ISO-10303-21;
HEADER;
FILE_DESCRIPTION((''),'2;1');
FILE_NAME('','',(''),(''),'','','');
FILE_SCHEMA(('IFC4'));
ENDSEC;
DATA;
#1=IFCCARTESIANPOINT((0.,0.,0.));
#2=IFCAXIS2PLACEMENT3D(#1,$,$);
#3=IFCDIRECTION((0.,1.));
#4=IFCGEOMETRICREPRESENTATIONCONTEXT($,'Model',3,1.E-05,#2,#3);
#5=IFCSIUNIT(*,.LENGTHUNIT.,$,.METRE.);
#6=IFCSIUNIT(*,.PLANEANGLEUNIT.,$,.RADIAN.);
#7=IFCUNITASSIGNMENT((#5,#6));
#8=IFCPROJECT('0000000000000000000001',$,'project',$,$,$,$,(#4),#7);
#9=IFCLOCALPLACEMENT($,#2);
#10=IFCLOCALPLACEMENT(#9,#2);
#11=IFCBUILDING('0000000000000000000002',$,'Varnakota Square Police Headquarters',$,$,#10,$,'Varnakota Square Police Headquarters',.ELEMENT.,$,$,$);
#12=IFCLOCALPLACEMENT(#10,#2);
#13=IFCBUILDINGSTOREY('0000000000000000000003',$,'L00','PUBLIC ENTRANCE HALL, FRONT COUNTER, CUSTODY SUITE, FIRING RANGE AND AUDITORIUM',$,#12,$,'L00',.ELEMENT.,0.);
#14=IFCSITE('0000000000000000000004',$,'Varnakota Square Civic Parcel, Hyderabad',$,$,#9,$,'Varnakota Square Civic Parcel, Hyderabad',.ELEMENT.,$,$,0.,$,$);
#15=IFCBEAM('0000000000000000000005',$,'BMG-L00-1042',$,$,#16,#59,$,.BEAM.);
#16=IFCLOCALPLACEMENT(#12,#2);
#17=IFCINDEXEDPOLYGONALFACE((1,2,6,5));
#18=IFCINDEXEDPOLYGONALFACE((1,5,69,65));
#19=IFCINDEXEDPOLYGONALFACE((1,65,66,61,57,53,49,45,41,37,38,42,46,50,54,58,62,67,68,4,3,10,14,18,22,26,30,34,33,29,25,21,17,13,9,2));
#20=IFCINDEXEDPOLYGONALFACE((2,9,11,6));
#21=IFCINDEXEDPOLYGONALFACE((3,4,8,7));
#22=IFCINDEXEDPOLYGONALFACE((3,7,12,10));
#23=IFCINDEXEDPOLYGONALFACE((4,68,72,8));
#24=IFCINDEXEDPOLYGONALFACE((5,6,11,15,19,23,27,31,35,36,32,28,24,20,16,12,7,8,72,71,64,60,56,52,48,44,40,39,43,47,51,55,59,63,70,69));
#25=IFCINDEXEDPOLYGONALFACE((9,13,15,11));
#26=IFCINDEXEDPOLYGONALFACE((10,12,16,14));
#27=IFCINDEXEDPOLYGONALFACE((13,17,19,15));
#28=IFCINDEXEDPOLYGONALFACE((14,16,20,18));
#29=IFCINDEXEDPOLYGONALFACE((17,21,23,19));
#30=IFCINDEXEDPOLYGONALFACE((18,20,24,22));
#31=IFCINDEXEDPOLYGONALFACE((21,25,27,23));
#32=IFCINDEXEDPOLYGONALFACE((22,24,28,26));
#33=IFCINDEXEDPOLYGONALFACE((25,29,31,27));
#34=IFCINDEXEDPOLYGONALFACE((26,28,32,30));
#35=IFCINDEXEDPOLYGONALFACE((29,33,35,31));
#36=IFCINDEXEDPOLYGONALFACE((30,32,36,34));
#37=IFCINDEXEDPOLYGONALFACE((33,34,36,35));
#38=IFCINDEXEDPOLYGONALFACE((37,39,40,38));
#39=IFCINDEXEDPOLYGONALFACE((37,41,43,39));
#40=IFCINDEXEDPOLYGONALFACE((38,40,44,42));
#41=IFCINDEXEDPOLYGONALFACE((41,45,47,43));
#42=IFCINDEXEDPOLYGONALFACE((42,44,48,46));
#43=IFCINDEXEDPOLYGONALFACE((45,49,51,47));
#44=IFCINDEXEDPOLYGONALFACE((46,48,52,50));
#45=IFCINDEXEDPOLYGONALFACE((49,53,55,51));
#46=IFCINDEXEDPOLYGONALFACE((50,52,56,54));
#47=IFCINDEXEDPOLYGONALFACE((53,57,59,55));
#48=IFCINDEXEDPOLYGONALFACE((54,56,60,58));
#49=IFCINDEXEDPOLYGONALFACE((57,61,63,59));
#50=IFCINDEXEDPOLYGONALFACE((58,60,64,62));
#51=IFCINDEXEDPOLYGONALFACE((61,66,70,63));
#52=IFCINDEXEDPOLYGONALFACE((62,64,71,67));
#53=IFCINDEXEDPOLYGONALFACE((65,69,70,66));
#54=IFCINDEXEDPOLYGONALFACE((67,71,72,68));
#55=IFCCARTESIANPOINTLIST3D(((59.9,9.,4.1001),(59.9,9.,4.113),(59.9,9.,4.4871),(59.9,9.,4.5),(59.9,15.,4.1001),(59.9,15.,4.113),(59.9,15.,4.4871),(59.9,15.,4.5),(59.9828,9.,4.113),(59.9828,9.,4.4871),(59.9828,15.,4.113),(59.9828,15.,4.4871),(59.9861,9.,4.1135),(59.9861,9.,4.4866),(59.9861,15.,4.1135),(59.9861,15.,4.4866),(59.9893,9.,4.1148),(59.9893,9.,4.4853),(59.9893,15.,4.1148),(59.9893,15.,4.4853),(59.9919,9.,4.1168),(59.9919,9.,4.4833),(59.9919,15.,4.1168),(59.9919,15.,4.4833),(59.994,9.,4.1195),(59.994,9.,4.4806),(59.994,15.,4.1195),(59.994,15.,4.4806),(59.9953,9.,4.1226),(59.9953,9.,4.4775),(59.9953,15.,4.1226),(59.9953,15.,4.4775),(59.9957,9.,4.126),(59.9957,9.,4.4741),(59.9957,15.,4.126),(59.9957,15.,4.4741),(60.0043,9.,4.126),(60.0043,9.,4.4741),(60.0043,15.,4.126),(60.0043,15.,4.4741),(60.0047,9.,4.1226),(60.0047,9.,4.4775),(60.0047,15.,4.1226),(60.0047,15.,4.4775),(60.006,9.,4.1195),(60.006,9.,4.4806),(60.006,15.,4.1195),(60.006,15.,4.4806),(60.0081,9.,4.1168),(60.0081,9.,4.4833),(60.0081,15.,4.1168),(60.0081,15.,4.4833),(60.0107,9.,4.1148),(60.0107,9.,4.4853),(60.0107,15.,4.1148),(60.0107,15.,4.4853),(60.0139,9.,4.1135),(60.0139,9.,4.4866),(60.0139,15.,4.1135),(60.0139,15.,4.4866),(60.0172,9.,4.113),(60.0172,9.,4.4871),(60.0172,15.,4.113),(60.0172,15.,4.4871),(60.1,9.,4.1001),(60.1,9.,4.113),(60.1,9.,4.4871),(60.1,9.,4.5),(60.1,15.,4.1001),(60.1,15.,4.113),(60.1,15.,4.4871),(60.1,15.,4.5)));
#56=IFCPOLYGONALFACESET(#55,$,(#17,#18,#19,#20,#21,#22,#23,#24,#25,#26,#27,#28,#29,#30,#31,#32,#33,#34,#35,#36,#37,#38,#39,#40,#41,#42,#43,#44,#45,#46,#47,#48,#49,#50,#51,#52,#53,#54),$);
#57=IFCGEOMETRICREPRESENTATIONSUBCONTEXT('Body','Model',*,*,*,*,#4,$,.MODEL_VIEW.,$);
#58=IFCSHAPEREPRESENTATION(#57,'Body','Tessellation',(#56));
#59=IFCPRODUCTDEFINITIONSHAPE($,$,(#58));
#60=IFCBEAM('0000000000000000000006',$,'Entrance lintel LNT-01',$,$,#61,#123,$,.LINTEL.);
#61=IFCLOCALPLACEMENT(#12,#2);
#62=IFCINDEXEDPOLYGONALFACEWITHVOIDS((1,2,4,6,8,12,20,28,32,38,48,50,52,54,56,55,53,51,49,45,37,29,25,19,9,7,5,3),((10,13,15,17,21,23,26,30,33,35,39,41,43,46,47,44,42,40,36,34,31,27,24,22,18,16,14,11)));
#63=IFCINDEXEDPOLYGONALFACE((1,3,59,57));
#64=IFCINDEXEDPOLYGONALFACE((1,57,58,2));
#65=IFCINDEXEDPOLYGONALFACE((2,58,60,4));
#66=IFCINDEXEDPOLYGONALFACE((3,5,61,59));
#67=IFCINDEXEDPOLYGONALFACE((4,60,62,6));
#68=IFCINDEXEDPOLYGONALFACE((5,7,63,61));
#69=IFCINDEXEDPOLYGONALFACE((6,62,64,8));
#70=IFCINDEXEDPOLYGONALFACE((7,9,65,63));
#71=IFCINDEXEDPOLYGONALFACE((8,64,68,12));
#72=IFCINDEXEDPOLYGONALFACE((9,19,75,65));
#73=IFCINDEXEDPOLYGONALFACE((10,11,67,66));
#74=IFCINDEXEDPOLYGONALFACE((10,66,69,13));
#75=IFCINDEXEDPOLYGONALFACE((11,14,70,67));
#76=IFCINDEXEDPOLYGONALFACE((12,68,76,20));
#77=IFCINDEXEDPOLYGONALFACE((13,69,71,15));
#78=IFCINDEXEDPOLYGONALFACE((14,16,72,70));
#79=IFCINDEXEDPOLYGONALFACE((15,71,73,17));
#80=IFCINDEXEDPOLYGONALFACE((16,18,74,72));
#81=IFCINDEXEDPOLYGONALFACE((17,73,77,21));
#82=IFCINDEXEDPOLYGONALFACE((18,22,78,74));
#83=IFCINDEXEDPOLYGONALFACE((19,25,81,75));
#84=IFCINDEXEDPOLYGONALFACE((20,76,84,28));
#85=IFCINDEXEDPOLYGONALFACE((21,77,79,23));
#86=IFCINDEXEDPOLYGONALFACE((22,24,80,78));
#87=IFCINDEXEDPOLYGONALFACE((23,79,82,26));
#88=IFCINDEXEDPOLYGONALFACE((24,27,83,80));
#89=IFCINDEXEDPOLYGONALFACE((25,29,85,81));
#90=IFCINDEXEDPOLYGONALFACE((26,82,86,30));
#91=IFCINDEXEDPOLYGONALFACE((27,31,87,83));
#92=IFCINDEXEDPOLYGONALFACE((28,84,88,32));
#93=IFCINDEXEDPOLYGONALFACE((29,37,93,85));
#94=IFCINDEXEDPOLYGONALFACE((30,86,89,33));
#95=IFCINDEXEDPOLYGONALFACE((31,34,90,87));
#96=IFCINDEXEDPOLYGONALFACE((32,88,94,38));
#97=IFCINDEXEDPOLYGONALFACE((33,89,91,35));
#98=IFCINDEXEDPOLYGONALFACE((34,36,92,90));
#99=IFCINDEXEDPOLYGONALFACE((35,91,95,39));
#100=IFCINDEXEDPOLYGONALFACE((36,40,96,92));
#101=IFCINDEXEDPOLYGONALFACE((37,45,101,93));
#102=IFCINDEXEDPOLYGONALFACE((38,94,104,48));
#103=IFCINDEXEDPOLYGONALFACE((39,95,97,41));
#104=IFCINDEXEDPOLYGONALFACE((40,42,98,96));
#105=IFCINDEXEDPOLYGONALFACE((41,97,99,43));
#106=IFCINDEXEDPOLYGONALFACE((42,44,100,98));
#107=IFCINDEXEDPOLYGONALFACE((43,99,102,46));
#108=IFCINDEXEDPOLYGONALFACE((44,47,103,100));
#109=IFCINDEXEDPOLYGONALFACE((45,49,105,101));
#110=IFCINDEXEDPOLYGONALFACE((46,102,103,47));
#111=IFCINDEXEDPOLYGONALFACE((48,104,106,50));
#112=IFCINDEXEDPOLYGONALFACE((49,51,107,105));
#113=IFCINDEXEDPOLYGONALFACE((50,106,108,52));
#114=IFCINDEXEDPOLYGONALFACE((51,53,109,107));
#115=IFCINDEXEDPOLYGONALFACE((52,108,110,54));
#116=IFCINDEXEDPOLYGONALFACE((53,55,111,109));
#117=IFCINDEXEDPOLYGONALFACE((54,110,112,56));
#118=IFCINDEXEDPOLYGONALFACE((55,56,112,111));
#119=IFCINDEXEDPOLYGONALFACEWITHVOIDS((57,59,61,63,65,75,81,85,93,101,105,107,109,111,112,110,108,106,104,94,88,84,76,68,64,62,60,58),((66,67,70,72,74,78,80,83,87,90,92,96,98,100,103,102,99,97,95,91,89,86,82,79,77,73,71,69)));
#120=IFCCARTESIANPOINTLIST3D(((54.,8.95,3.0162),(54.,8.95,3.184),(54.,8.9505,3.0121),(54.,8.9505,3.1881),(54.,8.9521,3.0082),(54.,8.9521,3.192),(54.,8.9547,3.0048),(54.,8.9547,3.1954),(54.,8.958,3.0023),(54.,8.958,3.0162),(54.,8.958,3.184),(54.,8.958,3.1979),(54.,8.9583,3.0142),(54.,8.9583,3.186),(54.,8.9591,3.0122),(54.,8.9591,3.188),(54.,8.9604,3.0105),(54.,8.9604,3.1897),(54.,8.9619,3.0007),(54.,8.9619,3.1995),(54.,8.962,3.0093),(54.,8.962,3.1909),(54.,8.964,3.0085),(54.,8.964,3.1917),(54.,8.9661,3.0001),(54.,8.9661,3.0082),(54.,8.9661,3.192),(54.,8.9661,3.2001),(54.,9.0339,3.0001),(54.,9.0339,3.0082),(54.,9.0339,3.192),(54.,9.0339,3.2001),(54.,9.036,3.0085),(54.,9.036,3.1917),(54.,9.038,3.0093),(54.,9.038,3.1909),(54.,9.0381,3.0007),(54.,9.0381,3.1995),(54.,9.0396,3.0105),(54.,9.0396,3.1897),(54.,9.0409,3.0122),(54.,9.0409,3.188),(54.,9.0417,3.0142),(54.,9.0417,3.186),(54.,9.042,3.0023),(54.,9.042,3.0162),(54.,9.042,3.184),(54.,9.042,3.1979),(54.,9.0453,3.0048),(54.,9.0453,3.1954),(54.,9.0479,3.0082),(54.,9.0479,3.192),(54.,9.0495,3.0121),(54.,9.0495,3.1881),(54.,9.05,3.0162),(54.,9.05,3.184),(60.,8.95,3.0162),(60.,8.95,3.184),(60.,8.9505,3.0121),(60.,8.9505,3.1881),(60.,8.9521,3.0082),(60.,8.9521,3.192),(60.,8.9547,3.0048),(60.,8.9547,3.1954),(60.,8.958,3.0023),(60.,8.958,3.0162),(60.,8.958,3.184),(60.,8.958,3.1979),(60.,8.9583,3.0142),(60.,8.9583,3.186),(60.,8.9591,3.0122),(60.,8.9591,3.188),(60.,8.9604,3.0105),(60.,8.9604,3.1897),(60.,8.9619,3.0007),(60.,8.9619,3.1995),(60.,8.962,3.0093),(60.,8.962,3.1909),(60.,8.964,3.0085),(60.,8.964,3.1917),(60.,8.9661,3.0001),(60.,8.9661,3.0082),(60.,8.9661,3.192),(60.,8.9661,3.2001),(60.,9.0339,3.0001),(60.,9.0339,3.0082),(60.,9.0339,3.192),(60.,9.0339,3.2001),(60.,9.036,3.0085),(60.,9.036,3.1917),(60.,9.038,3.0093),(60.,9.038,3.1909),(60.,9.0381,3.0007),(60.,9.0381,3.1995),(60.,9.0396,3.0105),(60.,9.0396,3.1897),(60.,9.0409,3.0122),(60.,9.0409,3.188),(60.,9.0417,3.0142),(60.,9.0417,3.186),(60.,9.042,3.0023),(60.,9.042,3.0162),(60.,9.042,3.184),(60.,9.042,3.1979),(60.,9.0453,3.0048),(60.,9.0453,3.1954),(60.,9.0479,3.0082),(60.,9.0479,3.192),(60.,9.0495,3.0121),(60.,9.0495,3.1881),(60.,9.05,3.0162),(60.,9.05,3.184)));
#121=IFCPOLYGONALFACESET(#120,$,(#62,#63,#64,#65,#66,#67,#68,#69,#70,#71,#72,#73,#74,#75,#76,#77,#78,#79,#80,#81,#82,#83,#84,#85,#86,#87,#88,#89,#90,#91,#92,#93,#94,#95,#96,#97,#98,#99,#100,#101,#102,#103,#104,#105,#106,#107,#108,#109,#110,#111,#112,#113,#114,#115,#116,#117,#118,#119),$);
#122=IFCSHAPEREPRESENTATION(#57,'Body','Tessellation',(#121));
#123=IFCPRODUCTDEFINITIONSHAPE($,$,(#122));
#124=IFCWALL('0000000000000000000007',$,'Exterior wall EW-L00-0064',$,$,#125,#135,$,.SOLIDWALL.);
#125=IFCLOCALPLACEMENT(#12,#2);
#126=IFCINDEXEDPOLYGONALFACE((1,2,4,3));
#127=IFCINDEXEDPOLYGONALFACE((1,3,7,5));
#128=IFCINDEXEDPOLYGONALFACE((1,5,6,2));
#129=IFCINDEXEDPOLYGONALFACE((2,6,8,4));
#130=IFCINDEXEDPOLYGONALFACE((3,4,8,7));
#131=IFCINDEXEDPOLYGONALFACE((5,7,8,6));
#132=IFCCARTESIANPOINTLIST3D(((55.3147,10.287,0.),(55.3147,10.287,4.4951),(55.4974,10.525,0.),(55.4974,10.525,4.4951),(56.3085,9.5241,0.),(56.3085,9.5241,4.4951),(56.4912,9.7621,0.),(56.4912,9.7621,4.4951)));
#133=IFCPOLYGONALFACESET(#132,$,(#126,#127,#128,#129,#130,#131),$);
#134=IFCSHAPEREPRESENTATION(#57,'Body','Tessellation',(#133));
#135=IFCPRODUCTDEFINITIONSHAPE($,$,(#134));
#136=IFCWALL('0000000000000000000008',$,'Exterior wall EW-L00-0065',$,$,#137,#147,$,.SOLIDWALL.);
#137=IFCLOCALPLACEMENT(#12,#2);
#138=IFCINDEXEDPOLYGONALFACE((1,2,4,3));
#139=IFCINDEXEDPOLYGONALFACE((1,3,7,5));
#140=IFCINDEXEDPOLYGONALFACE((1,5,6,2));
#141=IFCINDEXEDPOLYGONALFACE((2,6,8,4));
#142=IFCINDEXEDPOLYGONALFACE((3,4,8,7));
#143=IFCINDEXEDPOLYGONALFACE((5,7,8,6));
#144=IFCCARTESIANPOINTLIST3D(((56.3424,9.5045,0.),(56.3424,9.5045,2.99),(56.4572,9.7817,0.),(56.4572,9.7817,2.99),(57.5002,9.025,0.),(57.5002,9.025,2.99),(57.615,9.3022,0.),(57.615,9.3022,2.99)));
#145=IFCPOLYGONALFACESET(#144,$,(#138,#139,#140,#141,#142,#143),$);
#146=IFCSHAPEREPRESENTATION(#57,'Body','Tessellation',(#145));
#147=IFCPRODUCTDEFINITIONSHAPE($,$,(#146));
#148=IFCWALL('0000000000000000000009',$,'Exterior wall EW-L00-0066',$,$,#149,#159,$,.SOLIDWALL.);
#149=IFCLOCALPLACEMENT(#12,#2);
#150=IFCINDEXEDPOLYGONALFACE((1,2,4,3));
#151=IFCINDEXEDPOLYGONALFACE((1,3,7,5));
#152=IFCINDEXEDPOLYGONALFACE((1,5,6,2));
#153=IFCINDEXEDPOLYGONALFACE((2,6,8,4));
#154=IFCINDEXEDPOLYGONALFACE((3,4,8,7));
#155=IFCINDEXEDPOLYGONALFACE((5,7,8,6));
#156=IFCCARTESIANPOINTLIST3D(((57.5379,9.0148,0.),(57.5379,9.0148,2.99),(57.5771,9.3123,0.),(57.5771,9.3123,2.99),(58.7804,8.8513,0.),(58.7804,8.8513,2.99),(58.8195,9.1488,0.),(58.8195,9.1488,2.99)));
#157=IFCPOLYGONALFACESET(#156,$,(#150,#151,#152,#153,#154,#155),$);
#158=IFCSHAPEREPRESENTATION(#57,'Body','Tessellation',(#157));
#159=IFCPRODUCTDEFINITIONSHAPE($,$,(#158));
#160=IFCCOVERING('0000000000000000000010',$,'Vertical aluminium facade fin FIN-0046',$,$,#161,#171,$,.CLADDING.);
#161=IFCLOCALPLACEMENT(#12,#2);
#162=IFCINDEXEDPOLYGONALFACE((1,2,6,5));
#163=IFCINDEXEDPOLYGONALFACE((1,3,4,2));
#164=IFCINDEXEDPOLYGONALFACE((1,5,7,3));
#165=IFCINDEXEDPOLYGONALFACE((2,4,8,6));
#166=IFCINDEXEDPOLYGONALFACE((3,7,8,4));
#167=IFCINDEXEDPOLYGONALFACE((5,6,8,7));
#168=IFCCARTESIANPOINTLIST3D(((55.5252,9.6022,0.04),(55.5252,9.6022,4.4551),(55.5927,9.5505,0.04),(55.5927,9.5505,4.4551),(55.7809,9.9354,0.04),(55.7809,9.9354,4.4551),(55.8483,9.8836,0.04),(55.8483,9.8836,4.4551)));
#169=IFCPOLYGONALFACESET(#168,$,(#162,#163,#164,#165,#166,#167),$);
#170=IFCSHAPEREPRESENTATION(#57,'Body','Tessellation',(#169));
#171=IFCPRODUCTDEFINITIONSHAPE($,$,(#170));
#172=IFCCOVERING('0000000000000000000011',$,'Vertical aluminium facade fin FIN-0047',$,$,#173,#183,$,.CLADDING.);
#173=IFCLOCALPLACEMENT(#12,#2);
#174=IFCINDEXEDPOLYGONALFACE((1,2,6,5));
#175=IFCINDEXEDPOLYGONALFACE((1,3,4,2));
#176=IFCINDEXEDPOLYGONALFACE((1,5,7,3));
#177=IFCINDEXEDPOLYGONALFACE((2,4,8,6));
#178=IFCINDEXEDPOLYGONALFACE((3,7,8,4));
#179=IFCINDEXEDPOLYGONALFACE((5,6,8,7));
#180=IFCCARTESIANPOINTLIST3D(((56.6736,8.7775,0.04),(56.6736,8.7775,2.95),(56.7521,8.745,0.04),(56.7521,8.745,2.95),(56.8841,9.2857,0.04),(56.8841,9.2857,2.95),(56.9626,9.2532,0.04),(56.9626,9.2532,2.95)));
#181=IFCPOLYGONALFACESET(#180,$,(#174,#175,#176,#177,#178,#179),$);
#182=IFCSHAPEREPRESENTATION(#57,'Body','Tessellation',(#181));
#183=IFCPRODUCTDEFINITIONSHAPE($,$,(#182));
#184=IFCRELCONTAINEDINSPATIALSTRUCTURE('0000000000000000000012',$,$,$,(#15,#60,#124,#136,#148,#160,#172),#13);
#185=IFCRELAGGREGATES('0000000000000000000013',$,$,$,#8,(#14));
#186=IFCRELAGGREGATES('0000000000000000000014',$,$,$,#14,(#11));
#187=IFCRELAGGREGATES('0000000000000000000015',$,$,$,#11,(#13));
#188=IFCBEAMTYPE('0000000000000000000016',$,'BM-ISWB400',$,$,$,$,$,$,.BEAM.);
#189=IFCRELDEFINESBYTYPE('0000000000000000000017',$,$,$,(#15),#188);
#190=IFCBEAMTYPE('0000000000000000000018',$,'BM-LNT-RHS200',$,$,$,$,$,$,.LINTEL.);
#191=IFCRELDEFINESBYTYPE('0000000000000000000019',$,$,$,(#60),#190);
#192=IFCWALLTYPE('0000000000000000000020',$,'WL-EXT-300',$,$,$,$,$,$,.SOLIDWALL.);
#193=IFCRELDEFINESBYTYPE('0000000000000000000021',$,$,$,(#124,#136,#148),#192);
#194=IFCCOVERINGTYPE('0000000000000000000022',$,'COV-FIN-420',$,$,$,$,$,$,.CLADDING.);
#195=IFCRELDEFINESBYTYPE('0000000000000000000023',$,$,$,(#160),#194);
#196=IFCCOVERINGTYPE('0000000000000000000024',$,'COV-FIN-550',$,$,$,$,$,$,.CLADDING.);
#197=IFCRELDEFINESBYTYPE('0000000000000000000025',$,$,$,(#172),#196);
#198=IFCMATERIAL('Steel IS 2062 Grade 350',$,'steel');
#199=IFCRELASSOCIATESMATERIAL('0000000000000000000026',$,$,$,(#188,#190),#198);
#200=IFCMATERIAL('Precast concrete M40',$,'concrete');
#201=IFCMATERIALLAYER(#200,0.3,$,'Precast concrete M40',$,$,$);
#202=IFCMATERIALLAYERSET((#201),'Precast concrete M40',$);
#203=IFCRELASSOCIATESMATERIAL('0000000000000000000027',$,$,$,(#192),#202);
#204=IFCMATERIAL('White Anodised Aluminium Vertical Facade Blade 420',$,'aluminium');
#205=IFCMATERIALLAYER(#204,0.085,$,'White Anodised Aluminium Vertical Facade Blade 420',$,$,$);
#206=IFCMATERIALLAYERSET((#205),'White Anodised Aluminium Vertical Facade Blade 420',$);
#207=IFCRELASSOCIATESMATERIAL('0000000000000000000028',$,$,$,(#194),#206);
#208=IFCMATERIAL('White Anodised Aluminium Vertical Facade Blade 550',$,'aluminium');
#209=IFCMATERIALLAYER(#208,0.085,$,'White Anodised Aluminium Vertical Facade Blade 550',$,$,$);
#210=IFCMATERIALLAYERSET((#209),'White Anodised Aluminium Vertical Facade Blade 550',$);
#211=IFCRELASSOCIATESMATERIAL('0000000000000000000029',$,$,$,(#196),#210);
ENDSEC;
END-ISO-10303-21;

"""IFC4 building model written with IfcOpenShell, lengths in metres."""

from ifc_helpers import new_model, si_unit, direction, frame, frame_2d, origin, origin_2d, place, context, subcontext, project, spatial, rectangle, hollow_rectangle, i_section, extrude, material, layer, layer_set, material_profile, profile_set, type_object, element, save


model = new_model("IFC4")

# Units and contexts
model_context = context("Model", 3, precision=1e-05, world=origin(), true_north=direction((0.0, 1.0)))
body_context = subcontext(model_context, "Body", "Model", "MODEL_VIEW")
ifc_project = project(units=[si_unit("LENGTHUNIT", "METRE"), si_unit("PLANEANGLEUNIT", "RADIAN")], contexts=[model_context])

# Site, building, storey
site_placement = place(None, origin())
site = spatial("IfcSite", under=ifc_project, at=site_placement, Name="Varnakota Square Civic Parcel, Hyderabad", LongName="Varnakota Square Civic Parcel, Hyderabad", CompositionType="ELEMENT", RefElevation=0.0)
building_placement = place(site_placement, origin())
building = spatial("IfcBuilding", under=site, at=building_placement, Name="Varnakota Square Police Headquarters", LongName="Varnakota Square Police Headquarters", CompositionType="ELEMENT")
storey_placement = place(building_placement, origin())
storey = spatial("IfcBuildingStorey", under=building, at=storey_placement, Name="L00", Description="PUBLIC ENTRANCE HALL, FRONT COUNTER, CUSTODY SUITE, FIRING RANGE AND AUDITORIUM", LongName="L00", CompositionType="ELEMENT", Elevation=0.0)

# Beams
ifc_material_1 = material(Name="Steel IS 2062 Grade 350", Category="steel")
ifc_material_profile_1 = material_profile(ifc_material_1, i_section(OverallWidth=0.2, OverallDepth=0.3999, WebThickness=0.0085, FlangeThickness=0.0129, FilletRadius=0.0129, at=origin_2d()), Name="ISWB 400")
ifc_profile_set_1 = profile_set([ifc_material_profile_1], Name="Steel IS 2062 Grade 350")
beam_type_1 = type_object("IfcBeamType", Name="BM-ISWB400", PredefinedType="BEAM", material=ifc_profile_set_1)
for number, where, z_axis, x_axis, name in (
    (1, (60.0, 9.0, 4.3), (0.0, 1.0, 0.0), (-1.0, 0.0, 0.0), "BMG-L00-1042"),
):
    element("IfcBeam", number, at=place(storey_placement, frame(where, z_axis=z_axis, x_axis=x_axis)), inside=storey, type_object=beam_type_1, Name=name, PredefinedType="BEAM", context=body_context, shape_type="SweptSolid", body=[
        extrude(i_section(OverallWidth=0.2, OverallDepth=0.3999, WebThickness=0.0085, FlangeThickness=0.0129, FilletRadius=0.0129, at=origin_2d()), origin(), (0.0, 0.0, 1.0), 6.0),
    ])
ifc_material_profile_2 = material_profile(ifc_material_1, hollow_rectangle(XDim=0.1001, YDim=0.2, WallThickness=0.0081, InnerFilletRadius=0.0081, OuterFilletRadius=0.0161, at=origin_2d()), Name="RHS 200x100x8")
ifc_profile_set_2 = profile_set([ifc_material_profile_2], Name="Steel IS 2062 Grade 350")
beam_type_2 = type_object("IfcBeamType", Name="BM-LNT-RHS200", PredefinedType="LINTEL", material=ifc_profile_set_2)
beam_1_placement = place(storey_placement, frame((54.0, 9.0, 3.1001), z_axis=(1.0, 0.0, 0.0), x_axis=(0.0, 1.0, 0.0)))
element("IfcBeam", 2, at=beam_1_placement, inside=storey, type_object=beam_type_2, Name="Entrance lintel LNT-01", PredefinedType="LINTEL", context=body_context, shape_type="SweptSolid", body=[
    extrude(hollow_rectangle(XDim=0.1001, YDim=0.2, WallThickness=0.0081, InnerFilletRadius=0.0081, OuterFilletRadius=0.0161, at=origin_2d()), origin(), (0.0, 0.0, 1.0), 6.0),
])

# Walls
ifc_material_2 = material(Name="Precast concrete M40", Category="concrete")
ifc_layer_1 = layer(ifc_material_2, 0.3, Name="Precast concrete M40")
ifc_layer_set_1 = layer_set([ifc_layer_1], Name="Precast concrete M40")
wall_type = type_object("IfcWallType", Name="WL-EXT-300", PredefinedType="SOLIDWALL", material=ifc_layer_set_1)
wall_placement = place(storey_placement, frame((55.406, 10.406, 0.0), z_axis=(0.0, 0.0, 1.0), x_axis=(0.793239, -0.60891, 0.0)))
element("IfcWall", 3, at=wall_placement, inside=storey, type_object=wall_type, Name="Exterior wall EW-L00-0064", PredefinedType="SOLIDWALL", context=body_context, shape_type="SweptSolid", body=[
    extrude(rectangle(XDim=1.2529, YDim=0.3, at=frame_2d((0.6265, 0.0))), origin(), (0.0, 0.0, 1.0), 4.4951),
])
for number, where, z_axis, x_axis, name in (
    (4, (56.3999, 9.6431, 0.0), (0.0, 0.0, 1.0), (0.923893, -0.38265, 0.0), "Exterior wall EW-L00-0065"),
    (5, (57.5576, 9.1636, 0.0), (0.0, 0.0, 1.0), (0.991444, -0.13053, 0.0), "Exterior wall EW-L00-0066"),
):
    element("IfcWall", number, at=place(storey_placement, frame(where, z_axis=z_axis, x_axis=x_axis)), inside=storey, type_object=wall_type, Name=name, PredefinedType="SOLIDWALL", context=body_context, shape_type="SweptSolid", body=[
        extrude(rectangle(XDim=1.2532, YDim=0.3, at=frame_2d((0.6265, 0.0))), origin(), (0.0, 0.0, 1.0), 2.99),
    ])

# Coverings
ifc_material_3 = material(Name="White Anodised Aluminium Vertical Facade Blade 420", Category="aluminium")
ifc_layer_2 = layer(ifc_material_3, 0.085, Name="White Anodised Aluminium Vertical Facade Blade 420")
ifc_layer_set_2 = layer_set([ifc_layer_2], Name="White Anodised Aluminium Vertical Facade Blade 420")
covering_type_1 = type_object("IfcCoveringType", Name="COV-FIN-420", PredefinedType="CLADDING", material=ifc_layer_set_2)
covering_placement = place(storey_placement, frame((55.6868, 9.7429, 0.04), z_axis=(0.0, 0.0, 1.0), x_axis=(0.793353, -0.608761, 0.0)))
element("IfcCovering", 6, at=covering_placement, inside=storey, type_object=covering_type_1, Name="Vertical aluminium facade fin FIN-0046", PredefinedType="CLADDING", context=body_context, shape_type="SweptSolid", body=[
    extrude(rectangle(XDim=0.085, YDim=0.4199, at=origin_2d()), origin(), (0.0, 0.0, 1.0), 4.415),
])
ifc_material_4 = material(Name="White Anodised Aluminium Vertical Facade Blade 550", Category="aluminium")
ifc_layer_3 = layer(ifc_material_4, 0.085, Name="White Anodised Aluminium Vertical Facade Blade 550")
ifc_layer_set_3 = layer_set([ifc_layer_3], Name="White Anodised Aluminium Vertical Facade Blade 550")
covering_type_2 = type_object("IfcCoveringType", Name="COV-FIN-550", PredefinedType="CLADDING", material=ifc_layer_set_3)
for number, where, z_axis, x_axis, name in (
    (7, (56.8181, 9.0154, 0.04), (0.0, 0.0, 1.0), (0.92388, -0.382683, 0.0), "Vertical aluminium facade fin FIN-0047"),
):
    element("IfcCovering", number, at=place(storey_placement, frame(where, z_axis=z_axis, x_axis=x_axis)), inside=storey, type_object=covering_type_2, Name=name, PredefinedType="CLADDING", context=body_context, shape_type="SweptSolid", body=[
        extrude(rectangle(XDim=0.085, YDim=0.55, at=origin_2d()), origin(), (0.0, 0.0, 1.0), 2.9099),
    ])

save(model, "model.ifc")
